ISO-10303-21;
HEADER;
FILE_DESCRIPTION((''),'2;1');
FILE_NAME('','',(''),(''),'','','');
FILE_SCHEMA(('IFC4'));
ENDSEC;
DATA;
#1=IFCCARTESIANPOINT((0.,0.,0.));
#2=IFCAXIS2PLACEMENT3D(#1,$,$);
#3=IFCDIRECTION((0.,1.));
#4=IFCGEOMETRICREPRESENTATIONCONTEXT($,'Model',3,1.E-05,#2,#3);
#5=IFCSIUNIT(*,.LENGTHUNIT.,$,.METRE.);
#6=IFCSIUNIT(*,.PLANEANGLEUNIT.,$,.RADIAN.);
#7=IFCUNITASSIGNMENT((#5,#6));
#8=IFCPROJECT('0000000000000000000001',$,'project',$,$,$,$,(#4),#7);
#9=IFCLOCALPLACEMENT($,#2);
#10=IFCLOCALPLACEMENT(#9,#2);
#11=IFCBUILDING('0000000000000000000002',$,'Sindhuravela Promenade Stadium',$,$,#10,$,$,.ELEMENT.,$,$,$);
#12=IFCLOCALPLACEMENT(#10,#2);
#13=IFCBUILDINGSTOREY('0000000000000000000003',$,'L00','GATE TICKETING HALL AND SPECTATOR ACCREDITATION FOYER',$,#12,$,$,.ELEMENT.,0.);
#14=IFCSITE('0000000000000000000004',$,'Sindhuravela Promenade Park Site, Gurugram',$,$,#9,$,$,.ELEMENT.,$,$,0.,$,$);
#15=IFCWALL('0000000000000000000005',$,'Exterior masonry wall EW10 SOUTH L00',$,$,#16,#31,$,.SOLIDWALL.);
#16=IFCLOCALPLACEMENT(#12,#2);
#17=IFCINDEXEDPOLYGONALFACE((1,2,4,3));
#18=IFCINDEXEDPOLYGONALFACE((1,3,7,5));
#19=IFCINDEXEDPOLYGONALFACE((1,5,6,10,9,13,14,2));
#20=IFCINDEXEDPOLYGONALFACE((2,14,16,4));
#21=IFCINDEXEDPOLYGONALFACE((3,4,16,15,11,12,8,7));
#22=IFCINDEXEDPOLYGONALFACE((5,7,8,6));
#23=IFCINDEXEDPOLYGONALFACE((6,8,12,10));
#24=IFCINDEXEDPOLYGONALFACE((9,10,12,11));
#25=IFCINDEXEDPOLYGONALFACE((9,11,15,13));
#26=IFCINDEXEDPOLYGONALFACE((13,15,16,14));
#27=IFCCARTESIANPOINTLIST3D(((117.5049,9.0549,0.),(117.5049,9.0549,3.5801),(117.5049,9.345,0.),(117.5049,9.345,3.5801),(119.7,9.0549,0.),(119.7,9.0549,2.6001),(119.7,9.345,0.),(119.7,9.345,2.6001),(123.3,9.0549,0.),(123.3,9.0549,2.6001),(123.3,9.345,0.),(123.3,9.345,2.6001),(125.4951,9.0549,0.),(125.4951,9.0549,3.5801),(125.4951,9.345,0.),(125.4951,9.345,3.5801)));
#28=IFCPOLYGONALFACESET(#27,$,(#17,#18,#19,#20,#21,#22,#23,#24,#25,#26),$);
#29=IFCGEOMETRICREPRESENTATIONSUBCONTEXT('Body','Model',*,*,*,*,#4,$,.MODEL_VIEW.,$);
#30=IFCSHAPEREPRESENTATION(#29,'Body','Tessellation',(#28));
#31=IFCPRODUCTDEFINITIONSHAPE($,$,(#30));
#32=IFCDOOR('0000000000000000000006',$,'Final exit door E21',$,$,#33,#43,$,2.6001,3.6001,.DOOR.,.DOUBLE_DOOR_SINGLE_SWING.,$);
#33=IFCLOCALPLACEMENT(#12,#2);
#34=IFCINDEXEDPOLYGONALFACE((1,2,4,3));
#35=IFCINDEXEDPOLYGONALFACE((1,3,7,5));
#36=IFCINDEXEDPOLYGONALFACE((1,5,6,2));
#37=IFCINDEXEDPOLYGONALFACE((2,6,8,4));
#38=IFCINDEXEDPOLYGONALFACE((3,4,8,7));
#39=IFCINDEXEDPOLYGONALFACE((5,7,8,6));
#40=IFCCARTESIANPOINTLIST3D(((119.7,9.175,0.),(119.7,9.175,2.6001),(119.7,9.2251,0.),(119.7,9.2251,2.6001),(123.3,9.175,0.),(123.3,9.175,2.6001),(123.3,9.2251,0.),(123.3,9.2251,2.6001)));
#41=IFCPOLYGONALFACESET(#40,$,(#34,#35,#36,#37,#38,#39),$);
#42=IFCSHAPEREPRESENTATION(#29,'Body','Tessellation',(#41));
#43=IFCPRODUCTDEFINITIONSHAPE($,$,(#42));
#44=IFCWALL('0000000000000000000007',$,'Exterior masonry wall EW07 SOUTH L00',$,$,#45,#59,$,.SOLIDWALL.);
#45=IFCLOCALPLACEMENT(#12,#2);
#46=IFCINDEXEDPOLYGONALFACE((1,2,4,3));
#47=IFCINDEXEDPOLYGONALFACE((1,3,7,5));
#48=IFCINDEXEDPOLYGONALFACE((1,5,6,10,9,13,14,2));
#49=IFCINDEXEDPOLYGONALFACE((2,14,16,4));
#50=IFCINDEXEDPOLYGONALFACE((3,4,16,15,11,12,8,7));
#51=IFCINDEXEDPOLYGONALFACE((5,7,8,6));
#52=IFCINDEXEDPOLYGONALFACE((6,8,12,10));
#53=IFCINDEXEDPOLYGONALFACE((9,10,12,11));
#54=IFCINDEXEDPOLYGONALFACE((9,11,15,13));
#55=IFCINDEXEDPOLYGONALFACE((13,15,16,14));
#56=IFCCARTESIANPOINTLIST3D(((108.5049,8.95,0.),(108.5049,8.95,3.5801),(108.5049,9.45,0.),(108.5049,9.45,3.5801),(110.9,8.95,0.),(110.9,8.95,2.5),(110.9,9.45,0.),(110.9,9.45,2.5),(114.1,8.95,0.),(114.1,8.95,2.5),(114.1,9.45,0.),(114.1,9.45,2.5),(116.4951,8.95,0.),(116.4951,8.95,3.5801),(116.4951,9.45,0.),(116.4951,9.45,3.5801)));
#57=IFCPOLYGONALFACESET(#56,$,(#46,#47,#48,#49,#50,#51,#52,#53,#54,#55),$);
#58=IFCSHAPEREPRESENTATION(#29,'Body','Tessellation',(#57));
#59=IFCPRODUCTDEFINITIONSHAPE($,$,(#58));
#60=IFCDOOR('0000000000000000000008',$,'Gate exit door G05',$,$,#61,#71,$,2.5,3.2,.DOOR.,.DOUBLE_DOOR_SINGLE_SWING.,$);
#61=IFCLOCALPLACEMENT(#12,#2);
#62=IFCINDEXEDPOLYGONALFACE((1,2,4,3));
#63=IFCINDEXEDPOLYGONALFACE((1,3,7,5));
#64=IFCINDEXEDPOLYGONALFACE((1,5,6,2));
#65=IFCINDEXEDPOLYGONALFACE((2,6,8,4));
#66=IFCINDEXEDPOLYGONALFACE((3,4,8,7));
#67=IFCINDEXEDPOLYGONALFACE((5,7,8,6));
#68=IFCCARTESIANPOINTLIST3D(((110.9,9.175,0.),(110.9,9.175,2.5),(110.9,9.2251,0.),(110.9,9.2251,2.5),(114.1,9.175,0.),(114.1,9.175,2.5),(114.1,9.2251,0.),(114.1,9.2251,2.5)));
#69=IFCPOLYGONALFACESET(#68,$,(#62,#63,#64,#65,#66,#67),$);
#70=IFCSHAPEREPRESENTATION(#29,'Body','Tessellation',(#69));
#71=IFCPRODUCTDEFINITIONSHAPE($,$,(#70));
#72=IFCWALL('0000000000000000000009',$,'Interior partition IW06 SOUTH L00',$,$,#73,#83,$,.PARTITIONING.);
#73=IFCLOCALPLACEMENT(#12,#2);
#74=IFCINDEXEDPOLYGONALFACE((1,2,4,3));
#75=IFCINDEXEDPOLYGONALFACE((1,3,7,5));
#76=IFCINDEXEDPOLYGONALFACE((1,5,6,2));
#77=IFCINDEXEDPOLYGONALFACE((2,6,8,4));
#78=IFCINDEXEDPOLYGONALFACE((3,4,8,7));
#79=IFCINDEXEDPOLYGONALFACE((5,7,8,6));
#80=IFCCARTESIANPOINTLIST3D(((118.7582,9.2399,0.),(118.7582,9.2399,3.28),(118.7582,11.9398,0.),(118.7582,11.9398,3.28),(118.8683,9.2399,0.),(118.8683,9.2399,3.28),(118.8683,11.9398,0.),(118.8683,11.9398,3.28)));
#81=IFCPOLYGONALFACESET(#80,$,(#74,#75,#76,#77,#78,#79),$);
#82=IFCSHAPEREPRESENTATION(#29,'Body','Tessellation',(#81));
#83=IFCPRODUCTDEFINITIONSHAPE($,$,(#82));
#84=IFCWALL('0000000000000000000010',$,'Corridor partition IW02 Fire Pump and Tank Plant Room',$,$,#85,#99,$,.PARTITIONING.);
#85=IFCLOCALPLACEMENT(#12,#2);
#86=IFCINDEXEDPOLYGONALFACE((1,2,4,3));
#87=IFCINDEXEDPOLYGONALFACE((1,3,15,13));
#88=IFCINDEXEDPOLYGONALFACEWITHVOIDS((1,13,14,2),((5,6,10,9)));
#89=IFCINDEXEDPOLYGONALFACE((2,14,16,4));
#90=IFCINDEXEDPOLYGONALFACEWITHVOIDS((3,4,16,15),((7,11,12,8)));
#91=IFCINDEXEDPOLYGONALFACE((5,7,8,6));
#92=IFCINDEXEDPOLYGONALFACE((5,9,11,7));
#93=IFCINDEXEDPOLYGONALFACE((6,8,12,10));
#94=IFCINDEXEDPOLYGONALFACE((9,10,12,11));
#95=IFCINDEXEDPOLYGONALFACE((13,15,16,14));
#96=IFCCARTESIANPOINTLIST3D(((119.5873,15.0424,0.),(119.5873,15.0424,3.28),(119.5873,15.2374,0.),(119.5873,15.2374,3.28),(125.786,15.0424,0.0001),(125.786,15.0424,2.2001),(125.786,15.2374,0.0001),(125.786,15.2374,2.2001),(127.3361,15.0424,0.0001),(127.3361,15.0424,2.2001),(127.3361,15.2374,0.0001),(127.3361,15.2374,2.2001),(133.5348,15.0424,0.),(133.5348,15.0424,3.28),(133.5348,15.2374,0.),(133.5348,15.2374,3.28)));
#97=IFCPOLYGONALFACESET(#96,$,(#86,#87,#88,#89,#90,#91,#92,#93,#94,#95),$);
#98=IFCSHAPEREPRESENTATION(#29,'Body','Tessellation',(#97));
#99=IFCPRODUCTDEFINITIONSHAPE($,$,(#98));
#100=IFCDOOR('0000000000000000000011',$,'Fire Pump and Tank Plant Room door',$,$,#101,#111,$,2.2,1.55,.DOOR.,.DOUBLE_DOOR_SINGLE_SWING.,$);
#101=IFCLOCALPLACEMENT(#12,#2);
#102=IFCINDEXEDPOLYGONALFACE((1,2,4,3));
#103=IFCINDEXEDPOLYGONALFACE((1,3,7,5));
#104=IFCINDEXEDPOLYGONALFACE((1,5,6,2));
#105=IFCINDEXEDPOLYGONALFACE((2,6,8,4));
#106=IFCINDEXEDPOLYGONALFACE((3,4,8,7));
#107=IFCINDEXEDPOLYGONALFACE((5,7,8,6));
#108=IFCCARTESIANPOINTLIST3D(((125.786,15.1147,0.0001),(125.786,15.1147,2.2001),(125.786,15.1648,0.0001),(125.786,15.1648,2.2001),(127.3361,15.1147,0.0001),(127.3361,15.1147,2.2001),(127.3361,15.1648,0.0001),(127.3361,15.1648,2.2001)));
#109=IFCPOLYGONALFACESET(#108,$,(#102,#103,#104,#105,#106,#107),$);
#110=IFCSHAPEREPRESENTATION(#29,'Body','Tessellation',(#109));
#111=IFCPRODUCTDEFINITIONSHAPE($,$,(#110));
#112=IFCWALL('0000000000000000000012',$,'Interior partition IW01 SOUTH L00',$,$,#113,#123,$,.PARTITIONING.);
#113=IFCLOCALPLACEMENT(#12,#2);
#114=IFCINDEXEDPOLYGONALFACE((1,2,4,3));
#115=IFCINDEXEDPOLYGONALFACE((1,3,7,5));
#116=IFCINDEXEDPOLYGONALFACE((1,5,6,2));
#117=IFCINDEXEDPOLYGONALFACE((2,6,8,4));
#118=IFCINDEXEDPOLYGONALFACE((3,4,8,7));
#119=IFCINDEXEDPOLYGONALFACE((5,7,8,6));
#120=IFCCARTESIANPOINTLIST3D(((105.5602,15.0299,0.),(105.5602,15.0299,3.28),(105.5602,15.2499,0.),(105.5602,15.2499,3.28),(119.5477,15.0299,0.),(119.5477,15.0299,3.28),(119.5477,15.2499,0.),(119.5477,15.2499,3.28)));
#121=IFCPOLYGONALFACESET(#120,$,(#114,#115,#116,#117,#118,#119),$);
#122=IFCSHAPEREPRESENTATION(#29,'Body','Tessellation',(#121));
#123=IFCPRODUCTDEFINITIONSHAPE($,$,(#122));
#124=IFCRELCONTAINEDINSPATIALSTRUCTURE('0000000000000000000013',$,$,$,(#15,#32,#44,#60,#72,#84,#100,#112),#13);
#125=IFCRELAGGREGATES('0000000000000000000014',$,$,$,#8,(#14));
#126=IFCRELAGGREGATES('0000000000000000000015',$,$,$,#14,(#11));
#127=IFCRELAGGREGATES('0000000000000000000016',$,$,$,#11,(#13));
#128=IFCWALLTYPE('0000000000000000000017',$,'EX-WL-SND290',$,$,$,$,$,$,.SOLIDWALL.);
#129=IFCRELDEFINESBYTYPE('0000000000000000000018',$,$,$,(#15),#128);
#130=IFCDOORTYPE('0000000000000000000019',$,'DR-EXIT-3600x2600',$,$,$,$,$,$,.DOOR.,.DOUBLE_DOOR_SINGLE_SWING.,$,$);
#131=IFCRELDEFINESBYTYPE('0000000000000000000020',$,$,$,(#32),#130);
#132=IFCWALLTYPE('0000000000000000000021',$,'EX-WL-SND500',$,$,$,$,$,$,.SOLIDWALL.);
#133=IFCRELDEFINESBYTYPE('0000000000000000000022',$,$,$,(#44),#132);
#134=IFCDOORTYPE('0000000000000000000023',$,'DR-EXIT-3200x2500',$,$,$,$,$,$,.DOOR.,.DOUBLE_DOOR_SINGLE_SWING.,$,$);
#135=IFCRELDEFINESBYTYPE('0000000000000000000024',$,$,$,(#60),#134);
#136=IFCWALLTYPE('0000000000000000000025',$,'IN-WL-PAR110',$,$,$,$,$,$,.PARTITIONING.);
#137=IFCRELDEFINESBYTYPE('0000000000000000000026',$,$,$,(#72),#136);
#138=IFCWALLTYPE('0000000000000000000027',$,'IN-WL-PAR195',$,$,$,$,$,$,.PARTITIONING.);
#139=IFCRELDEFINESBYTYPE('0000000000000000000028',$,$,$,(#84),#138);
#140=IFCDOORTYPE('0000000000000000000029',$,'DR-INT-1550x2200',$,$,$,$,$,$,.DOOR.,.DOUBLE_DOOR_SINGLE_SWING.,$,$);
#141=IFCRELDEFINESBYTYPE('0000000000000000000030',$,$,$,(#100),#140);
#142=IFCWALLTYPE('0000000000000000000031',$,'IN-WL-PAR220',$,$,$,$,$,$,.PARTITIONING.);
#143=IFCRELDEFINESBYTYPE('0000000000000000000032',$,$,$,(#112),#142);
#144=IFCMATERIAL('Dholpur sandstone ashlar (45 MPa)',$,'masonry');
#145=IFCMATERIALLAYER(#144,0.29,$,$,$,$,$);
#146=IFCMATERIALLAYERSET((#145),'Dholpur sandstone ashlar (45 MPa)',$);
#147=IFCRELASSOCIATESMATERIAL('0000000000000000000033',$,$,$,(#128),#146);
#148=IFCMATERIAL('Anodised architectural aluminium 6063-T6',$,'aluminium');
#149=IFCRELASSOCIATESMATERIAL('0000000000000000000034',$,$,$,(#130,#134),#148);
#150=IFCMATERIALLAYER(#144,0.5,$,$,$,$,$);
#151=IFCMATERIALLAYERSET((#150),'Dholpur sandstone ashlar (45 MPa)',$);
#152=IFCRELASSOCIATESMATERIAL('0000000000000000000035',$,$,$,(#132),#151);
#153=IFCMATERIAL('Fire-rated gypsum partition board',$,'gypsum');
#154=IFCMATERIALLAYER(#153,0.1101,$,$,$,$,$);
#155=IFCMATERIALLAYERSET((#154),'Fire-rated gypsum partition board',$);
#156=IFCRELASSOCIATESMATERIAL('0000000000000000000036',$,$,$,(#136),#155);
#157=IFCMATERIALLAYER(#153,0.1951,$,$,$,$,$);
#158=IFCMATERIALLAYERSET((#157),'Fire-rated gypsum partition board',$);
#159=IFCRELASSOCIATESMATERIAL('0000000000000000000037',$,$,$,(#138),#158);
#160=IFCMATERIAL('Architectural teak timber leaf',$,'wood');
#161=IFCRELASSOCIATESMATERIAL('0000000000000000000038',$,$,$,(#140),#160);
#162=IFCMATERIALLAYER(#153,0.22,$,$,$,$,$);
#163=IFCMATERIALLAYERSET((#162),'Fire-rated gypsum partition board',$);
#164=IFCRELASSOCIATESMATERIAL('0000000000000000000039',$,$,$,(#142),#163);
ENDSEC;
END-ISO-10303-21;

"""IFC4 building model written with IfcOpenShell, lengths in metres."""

from ifc_helpers import new_model, si_unit, direction, frame, frame_2d, origin, place, context, subcontext, project, spatial, rectangle, extrude, material, layer, layer_set, type_object, element, fill, save


model = new_model("IFC4")

# Units and contexts
model_context = context("Model", 3, precision=1e-05, world=origin(), true_north=direction((0.0, 1.0)))
body_context = subcontext(model_context, "Body", "Model", "MODEL_VIEW")
ifc_project = project(units=[si_unit("LENGTHUNIT", "METRE"), si_unit("PLANEANGLEUNIT", "RADIAN")], contexts=[model_context])

# Site, building, storey
site_placement = place(None, origin())
site = spatial("IfcSite", under=ifc_project, at=site_placement, Name="Sindhuravela Promenade Park Site, Gurugram", CompositionType="ELEMENT", RefElevation=0.0)
building_placement = place(site_placement, origin())
building = spatial("IfcBuilding", under=site, at=building_placement, Name="Sindhuravela Promenade Stadium", CompositionType="ELEMENT")
storey_placement = place(building_placement, origin())
storey = spatial("IfcBuildingStorey", under=building, at=storey_placement, Name="L00", Description="GATE TICKETING HALL AND SPECTATOR ACCREDITATION FOYER", CompositionType="ELEMENT", Elevation=0.0)

# Walls, openings, doors
ifc_material_1 = material(Name="Dholpur sandstone ashlar (45 MPa)", Category="masonry")
ifc_layer_1 = layer(ifc_material_1, 0.29)
ifc_layer_set_1 = layer_set([ifc_layer_1], Name="Dholpur sandstone ashlar (45 MPa)")
wall_type_1 = type_object("IfcWallType", Name="EX-WL-SND290", PredefinedType="SOLIDWALL", material=ifc_layer_set_1)
wall_1_placement = place(storey_placement, frame((125.4951, 9.2, 0.0), z_axis=(0.0, 0.0, 1.0), x_axis=(-1.0, 0.0, 0.0)))
wall_1 = element("IfcWall", 1, at=wall_1_placement, inside=storey, type_object=wall_type_1, Name="Exterior masonry wall EW10 SOUTH L00", PredefinedType="SOLIDWALL", context=body_context, shape_type="SweptSolid", body=[
    extrude(rectangle(XDim=7.9902, YDim=0.29, at=frame_2d((3.9951, 0.0))), origin(), (0.0, 0.0, 1.0), 3.5801),
])
opening_1_placement = place(wall_1_placement, frame((2.1951, 0.0, 0.0)))
opening_1 = element("IfcOpeningElement", 2, at=opening_1_placement, cuts=wall_1, PredefinedType="OPENING", context=body_context, shape_type="SweptSolid", body=[
    extrude(rectangle(XDim=3.6001, YDim=2.6001, at=frame_2d((1.8, 1.3))), frame((0.0, 0.155, 0.0), z_axis=(0.0, -1.0, 0.0), x_axis=(1.0, 0.0, 0.0)), (0.0, 0.0, 1.0), 0.3101),
])
ifc_material_2 = material(Name="Anodised architectural aluminium 6063-T6", Category="aluminium")
door_type_1 = type_object("IfcDoorType", Name="DR-EXIT-3600x2600", OperationType="DOUBLE_DOOR_SINGLE_SWING", PredefinedType="DOOR", material=ifc_material_2)
door_1_placement = place(opening_1_placement, origin())
door_1 = element("IfcDoor", 3, at=door_1_placement, inside=storey, type_object=door_type_1, Name="Final exit door E21", OperationType="DOUBLE_DOOR_SINGLE_SWING", OverallHeight=2.6001, OverallWidth=3.6001, PredefinedType="DOOR", context=body_context, shape_type="SweptSolid", body=[
    extrude(rectangle(XDim=3.6001, YDim=2.6001, at=frame_2d((1.8, 1.3))), frame((0.0, 0.0249, 0.0), z_axis=(0.0, -1.0, 0.0), x_axis=(1.0, 0.0, 0.0)), (0.0, 0.0, 1.0), 0.05),
])
fill(opening_1, door_1)
ifc_layer_2 = layer(ifc_material_1, 0.5)
ifc_layer_set_2 = layer_set([ifc_layer_2], Name="Dholpur sandstone ashlar (45 MPa)")
wall_type_2 = type_object("IfcWallType", Name="EX-WL-SND500", PredefinedType="SOLIDWALL", material=ifc_layer_set_2)
wall_2_placement = place(storey_placement, frame((116.4951, 9.2, 0.0), z_axis=(0.0, 0.0, 1.0), x_axis=(-1.0, 0.0, 0.0)))
wall_2 = element("IfcWall", 4, at=wall_2_placement, inside=storey, type_object=wall_type_2, Name="Exterior masonry wall EW07 SOUTH L00", PredefinedType="SOLIDWALL", context=body_context, shape_type="SweptSolid", body=[
    extrude(rectangle(XDim=7.9902, YDim=0.5, at=frame_2d((3.9951, 0.0))), origin(), (0.0, 0.0, 1.0), 3.5801),
])
opening_2_placement = place(wall_2_placement, frame((2.395, 0.0, 0.0)))
opening_2 = element("IfcOpeningElement", 5, at=opening_2_placement, cuts=wall_2, PredefinedType="OPENING", context=body_context, shape_type="SweptSolid", body=[
    extrude(rectangle(XDim=3.2, YDim=2.5, at=frame_2d((1.6001, 1.25))), frame((0.0, 0.26, 0.0), z_axis=(0.0, -1.0, 0.0), x_axis=(1.0, 0.0, 0.0)), (0.0, 0.0, 1.0), 0.52),
])
door_type_2 = type_object("IfcDoorType", Name="DR-EXIT-3200x2500", OperationType="DOUBLE_DOOR_SINGLE_SWING", PredefinedType="DOOR", material=ifc_material_2)
door_2_placement = place(opening_2_placement, origin())
door_2 = element("IfcDoor", 6, at=door_2_placement, inside=storey, type_object=door_type_2, Name="Gate exit door G05", OperationType="DOUBLE_DOOR_SINGLE_SWING", OverallHeight=2.5, OverallWidth=3.2, PredefinedType="DOOR", context=body_context, shape_type="SweptSolid", body=[
    extrude(rectangle(XDim=3.2, YDim=2.5, at=frame_2d((1.6001, 1.25))), frame((0.0, 0.0249, 0.0), z_axis=(0.0, -1.0, 0.0), x_axis=(1.0, 0.0, 0.0)), (0.0, 0.0, 1.0), 0.05),
])
fill(opening_2, door_2)

# Wall
ifc_material_3 = material(Name="Fire-rated gypsum partition board", Category="gypsum")
ifc_layer_3 = layer(ifc_material_3, 0.1101)
ifc_layer_set_3 = layer_set([ifc_layer_3], Name="Fire-rated gypsum partition board")
wall_type_3 = type_object("IfcWallType", Name="IN-WL-PAR110", PredefinedType="PARTITIONING", material=ifc_layer_set_3)
wall_3_placement = place(storey_placement, frame((118.8132, 11.9399, 0.0), z_axis=(0.0, 0.0, 1.0), x_axis=(0.0, -1.0, 0.0)))
element("IfcWall", 7, at=wall_3_placement, inside=storey, type_object=wall_type_3, Name="Interior partition IW06 SOUTH L00", PredefinedType="PARTITIONING", context=body_context, shape_type="SweptSolid", body=[
    extrude(rectangle(XDim=2.7, YDim=0.1101, at=frame_2d((1.3501, 0.0))), origin(), (0.0, 0.0, 1.0), 3.28),
])

# Wall, opening, door
ifc_layer_4 = layer(ifc_material_3, 0.1951)
ifc_layer_set_4 = layer_set([ifc_layer_4], Name="Fire-rated gypsum partition board")
wall_type_4 = type_object("IfcWallType", Name="IN-WL-PAR195", PredefinedType="PARTITIONING", material=ifc_layer_set_4)
wall_4_placement = place(storey_placement, frame((119.5874, 15.1399, 0.0), z_axis=(0.0, 0.0, 1.0), x_axis=(1.0, 0.0, 0.0)))
wall_4 = element("IfcWall", 8, at=wall_4_placement, inside=storey, type_object=wall_type_4, Name="Corridor partition IW02 Fire Pump and Tank Plant Room", PredefinedType="PARTITIONING", context=body_context, shape_type="SweptSolid", body=[
    extrude(rectangle(XDim=13.9475, YDim=0.1951, at=frame_2d((6.9736, 0.0))), origin(), (0.0, 0.0, 1.0), 3.28),
])
opening_3_placement = place(wall_4_placement, frame((6.1987, 0.0, 0.0)))
opening_3 = element("IfcOpeningElement", 9, at=opening_3_placement, cuts=wall_4, PredefinedType="OPENING", context=body_context, shape_type="SweptSolid", body=[
    extrude(rectangle(XDim=1.55, YDim=2.2, at=frame_2d((0.7749, 1.1001))), frame((0.0, 0.1074, 0.0), z_axis=(0.0, -1.0, 0.0), x_axis=(1.0, 0.0, 0.0)), (0.0, 0.0, 1.0), 0.2151),
])
ifc_material_4 = material(Name="Architectural teak timber leaf", Category="wood")
door_type_3 = type_object("IfcDoorType", Name="DR-INT-1550x2200", OperationType="DOUBLE_DOOR_SINGLE_SWING", PredefinedType="DOOR", material=ifc_material_4)
door_3_placement = place(opening_3_placement, origin())
door_3 = element("IfcDoor", 10, at=door_3_placement, inside=storey, type_object=door_type_3, Name="Fire Pump and Tank Plant Room door", OperationType="DOUBLE_DOOR_SINGLE_SWING", OverallHeight=2.2, OverallWidth=1.55, PredefinedType="DOOR", context=body_context, shape_type="SweptSolid", body=[
    extrude(rectangle(XDim=1.55, YDim=2.2, at=frame_2d((0.7749, 1.1001))), frame((0.0, 0.0249, 0.0), z_axis=(0.0, -1.0, 0.0), x_axis=(1.0, 0.0, 0.0)), (0.0, 0.0, 1.0), 0.05),
])
fill(opening_3, door_3)

# Wall
ifc_layer_5 = layer(ifc_material_3, 0.22)
ifc_layer_set_5 = layer_set([ifc_layer_5], Name="Fire-rated gypsum partition board")
wall_type_5 = type_object("IfcWallType", Name="IN-WL-PAR220", PredefinedType="PARTITIONING", material=ifc_layer_set_5)
wall_5_placement = place(storey_placement, frame((119.5476, 15.1399, 0.0), z_axis=(0.0, 0.0, 1.0), x_axis=(-1.0, 0.0, 0.0)))
element("IfcWall", 11, at=wall_5_placement, inside=storey, type_object=wall_type_5, Name="Interior partition IW01 SOUTH L00", PredefinedType="PARTITIONING", context=body_context, shape_type="SweptSolid", body=[
    extrude(rectangle(XDim=13.9875, YDim=0.22, at=frame_2d((6.9937, 0.0))), origin(), (0.0, 0.0, 1.0), 3.28),
])

save(model, "model.ifc")
